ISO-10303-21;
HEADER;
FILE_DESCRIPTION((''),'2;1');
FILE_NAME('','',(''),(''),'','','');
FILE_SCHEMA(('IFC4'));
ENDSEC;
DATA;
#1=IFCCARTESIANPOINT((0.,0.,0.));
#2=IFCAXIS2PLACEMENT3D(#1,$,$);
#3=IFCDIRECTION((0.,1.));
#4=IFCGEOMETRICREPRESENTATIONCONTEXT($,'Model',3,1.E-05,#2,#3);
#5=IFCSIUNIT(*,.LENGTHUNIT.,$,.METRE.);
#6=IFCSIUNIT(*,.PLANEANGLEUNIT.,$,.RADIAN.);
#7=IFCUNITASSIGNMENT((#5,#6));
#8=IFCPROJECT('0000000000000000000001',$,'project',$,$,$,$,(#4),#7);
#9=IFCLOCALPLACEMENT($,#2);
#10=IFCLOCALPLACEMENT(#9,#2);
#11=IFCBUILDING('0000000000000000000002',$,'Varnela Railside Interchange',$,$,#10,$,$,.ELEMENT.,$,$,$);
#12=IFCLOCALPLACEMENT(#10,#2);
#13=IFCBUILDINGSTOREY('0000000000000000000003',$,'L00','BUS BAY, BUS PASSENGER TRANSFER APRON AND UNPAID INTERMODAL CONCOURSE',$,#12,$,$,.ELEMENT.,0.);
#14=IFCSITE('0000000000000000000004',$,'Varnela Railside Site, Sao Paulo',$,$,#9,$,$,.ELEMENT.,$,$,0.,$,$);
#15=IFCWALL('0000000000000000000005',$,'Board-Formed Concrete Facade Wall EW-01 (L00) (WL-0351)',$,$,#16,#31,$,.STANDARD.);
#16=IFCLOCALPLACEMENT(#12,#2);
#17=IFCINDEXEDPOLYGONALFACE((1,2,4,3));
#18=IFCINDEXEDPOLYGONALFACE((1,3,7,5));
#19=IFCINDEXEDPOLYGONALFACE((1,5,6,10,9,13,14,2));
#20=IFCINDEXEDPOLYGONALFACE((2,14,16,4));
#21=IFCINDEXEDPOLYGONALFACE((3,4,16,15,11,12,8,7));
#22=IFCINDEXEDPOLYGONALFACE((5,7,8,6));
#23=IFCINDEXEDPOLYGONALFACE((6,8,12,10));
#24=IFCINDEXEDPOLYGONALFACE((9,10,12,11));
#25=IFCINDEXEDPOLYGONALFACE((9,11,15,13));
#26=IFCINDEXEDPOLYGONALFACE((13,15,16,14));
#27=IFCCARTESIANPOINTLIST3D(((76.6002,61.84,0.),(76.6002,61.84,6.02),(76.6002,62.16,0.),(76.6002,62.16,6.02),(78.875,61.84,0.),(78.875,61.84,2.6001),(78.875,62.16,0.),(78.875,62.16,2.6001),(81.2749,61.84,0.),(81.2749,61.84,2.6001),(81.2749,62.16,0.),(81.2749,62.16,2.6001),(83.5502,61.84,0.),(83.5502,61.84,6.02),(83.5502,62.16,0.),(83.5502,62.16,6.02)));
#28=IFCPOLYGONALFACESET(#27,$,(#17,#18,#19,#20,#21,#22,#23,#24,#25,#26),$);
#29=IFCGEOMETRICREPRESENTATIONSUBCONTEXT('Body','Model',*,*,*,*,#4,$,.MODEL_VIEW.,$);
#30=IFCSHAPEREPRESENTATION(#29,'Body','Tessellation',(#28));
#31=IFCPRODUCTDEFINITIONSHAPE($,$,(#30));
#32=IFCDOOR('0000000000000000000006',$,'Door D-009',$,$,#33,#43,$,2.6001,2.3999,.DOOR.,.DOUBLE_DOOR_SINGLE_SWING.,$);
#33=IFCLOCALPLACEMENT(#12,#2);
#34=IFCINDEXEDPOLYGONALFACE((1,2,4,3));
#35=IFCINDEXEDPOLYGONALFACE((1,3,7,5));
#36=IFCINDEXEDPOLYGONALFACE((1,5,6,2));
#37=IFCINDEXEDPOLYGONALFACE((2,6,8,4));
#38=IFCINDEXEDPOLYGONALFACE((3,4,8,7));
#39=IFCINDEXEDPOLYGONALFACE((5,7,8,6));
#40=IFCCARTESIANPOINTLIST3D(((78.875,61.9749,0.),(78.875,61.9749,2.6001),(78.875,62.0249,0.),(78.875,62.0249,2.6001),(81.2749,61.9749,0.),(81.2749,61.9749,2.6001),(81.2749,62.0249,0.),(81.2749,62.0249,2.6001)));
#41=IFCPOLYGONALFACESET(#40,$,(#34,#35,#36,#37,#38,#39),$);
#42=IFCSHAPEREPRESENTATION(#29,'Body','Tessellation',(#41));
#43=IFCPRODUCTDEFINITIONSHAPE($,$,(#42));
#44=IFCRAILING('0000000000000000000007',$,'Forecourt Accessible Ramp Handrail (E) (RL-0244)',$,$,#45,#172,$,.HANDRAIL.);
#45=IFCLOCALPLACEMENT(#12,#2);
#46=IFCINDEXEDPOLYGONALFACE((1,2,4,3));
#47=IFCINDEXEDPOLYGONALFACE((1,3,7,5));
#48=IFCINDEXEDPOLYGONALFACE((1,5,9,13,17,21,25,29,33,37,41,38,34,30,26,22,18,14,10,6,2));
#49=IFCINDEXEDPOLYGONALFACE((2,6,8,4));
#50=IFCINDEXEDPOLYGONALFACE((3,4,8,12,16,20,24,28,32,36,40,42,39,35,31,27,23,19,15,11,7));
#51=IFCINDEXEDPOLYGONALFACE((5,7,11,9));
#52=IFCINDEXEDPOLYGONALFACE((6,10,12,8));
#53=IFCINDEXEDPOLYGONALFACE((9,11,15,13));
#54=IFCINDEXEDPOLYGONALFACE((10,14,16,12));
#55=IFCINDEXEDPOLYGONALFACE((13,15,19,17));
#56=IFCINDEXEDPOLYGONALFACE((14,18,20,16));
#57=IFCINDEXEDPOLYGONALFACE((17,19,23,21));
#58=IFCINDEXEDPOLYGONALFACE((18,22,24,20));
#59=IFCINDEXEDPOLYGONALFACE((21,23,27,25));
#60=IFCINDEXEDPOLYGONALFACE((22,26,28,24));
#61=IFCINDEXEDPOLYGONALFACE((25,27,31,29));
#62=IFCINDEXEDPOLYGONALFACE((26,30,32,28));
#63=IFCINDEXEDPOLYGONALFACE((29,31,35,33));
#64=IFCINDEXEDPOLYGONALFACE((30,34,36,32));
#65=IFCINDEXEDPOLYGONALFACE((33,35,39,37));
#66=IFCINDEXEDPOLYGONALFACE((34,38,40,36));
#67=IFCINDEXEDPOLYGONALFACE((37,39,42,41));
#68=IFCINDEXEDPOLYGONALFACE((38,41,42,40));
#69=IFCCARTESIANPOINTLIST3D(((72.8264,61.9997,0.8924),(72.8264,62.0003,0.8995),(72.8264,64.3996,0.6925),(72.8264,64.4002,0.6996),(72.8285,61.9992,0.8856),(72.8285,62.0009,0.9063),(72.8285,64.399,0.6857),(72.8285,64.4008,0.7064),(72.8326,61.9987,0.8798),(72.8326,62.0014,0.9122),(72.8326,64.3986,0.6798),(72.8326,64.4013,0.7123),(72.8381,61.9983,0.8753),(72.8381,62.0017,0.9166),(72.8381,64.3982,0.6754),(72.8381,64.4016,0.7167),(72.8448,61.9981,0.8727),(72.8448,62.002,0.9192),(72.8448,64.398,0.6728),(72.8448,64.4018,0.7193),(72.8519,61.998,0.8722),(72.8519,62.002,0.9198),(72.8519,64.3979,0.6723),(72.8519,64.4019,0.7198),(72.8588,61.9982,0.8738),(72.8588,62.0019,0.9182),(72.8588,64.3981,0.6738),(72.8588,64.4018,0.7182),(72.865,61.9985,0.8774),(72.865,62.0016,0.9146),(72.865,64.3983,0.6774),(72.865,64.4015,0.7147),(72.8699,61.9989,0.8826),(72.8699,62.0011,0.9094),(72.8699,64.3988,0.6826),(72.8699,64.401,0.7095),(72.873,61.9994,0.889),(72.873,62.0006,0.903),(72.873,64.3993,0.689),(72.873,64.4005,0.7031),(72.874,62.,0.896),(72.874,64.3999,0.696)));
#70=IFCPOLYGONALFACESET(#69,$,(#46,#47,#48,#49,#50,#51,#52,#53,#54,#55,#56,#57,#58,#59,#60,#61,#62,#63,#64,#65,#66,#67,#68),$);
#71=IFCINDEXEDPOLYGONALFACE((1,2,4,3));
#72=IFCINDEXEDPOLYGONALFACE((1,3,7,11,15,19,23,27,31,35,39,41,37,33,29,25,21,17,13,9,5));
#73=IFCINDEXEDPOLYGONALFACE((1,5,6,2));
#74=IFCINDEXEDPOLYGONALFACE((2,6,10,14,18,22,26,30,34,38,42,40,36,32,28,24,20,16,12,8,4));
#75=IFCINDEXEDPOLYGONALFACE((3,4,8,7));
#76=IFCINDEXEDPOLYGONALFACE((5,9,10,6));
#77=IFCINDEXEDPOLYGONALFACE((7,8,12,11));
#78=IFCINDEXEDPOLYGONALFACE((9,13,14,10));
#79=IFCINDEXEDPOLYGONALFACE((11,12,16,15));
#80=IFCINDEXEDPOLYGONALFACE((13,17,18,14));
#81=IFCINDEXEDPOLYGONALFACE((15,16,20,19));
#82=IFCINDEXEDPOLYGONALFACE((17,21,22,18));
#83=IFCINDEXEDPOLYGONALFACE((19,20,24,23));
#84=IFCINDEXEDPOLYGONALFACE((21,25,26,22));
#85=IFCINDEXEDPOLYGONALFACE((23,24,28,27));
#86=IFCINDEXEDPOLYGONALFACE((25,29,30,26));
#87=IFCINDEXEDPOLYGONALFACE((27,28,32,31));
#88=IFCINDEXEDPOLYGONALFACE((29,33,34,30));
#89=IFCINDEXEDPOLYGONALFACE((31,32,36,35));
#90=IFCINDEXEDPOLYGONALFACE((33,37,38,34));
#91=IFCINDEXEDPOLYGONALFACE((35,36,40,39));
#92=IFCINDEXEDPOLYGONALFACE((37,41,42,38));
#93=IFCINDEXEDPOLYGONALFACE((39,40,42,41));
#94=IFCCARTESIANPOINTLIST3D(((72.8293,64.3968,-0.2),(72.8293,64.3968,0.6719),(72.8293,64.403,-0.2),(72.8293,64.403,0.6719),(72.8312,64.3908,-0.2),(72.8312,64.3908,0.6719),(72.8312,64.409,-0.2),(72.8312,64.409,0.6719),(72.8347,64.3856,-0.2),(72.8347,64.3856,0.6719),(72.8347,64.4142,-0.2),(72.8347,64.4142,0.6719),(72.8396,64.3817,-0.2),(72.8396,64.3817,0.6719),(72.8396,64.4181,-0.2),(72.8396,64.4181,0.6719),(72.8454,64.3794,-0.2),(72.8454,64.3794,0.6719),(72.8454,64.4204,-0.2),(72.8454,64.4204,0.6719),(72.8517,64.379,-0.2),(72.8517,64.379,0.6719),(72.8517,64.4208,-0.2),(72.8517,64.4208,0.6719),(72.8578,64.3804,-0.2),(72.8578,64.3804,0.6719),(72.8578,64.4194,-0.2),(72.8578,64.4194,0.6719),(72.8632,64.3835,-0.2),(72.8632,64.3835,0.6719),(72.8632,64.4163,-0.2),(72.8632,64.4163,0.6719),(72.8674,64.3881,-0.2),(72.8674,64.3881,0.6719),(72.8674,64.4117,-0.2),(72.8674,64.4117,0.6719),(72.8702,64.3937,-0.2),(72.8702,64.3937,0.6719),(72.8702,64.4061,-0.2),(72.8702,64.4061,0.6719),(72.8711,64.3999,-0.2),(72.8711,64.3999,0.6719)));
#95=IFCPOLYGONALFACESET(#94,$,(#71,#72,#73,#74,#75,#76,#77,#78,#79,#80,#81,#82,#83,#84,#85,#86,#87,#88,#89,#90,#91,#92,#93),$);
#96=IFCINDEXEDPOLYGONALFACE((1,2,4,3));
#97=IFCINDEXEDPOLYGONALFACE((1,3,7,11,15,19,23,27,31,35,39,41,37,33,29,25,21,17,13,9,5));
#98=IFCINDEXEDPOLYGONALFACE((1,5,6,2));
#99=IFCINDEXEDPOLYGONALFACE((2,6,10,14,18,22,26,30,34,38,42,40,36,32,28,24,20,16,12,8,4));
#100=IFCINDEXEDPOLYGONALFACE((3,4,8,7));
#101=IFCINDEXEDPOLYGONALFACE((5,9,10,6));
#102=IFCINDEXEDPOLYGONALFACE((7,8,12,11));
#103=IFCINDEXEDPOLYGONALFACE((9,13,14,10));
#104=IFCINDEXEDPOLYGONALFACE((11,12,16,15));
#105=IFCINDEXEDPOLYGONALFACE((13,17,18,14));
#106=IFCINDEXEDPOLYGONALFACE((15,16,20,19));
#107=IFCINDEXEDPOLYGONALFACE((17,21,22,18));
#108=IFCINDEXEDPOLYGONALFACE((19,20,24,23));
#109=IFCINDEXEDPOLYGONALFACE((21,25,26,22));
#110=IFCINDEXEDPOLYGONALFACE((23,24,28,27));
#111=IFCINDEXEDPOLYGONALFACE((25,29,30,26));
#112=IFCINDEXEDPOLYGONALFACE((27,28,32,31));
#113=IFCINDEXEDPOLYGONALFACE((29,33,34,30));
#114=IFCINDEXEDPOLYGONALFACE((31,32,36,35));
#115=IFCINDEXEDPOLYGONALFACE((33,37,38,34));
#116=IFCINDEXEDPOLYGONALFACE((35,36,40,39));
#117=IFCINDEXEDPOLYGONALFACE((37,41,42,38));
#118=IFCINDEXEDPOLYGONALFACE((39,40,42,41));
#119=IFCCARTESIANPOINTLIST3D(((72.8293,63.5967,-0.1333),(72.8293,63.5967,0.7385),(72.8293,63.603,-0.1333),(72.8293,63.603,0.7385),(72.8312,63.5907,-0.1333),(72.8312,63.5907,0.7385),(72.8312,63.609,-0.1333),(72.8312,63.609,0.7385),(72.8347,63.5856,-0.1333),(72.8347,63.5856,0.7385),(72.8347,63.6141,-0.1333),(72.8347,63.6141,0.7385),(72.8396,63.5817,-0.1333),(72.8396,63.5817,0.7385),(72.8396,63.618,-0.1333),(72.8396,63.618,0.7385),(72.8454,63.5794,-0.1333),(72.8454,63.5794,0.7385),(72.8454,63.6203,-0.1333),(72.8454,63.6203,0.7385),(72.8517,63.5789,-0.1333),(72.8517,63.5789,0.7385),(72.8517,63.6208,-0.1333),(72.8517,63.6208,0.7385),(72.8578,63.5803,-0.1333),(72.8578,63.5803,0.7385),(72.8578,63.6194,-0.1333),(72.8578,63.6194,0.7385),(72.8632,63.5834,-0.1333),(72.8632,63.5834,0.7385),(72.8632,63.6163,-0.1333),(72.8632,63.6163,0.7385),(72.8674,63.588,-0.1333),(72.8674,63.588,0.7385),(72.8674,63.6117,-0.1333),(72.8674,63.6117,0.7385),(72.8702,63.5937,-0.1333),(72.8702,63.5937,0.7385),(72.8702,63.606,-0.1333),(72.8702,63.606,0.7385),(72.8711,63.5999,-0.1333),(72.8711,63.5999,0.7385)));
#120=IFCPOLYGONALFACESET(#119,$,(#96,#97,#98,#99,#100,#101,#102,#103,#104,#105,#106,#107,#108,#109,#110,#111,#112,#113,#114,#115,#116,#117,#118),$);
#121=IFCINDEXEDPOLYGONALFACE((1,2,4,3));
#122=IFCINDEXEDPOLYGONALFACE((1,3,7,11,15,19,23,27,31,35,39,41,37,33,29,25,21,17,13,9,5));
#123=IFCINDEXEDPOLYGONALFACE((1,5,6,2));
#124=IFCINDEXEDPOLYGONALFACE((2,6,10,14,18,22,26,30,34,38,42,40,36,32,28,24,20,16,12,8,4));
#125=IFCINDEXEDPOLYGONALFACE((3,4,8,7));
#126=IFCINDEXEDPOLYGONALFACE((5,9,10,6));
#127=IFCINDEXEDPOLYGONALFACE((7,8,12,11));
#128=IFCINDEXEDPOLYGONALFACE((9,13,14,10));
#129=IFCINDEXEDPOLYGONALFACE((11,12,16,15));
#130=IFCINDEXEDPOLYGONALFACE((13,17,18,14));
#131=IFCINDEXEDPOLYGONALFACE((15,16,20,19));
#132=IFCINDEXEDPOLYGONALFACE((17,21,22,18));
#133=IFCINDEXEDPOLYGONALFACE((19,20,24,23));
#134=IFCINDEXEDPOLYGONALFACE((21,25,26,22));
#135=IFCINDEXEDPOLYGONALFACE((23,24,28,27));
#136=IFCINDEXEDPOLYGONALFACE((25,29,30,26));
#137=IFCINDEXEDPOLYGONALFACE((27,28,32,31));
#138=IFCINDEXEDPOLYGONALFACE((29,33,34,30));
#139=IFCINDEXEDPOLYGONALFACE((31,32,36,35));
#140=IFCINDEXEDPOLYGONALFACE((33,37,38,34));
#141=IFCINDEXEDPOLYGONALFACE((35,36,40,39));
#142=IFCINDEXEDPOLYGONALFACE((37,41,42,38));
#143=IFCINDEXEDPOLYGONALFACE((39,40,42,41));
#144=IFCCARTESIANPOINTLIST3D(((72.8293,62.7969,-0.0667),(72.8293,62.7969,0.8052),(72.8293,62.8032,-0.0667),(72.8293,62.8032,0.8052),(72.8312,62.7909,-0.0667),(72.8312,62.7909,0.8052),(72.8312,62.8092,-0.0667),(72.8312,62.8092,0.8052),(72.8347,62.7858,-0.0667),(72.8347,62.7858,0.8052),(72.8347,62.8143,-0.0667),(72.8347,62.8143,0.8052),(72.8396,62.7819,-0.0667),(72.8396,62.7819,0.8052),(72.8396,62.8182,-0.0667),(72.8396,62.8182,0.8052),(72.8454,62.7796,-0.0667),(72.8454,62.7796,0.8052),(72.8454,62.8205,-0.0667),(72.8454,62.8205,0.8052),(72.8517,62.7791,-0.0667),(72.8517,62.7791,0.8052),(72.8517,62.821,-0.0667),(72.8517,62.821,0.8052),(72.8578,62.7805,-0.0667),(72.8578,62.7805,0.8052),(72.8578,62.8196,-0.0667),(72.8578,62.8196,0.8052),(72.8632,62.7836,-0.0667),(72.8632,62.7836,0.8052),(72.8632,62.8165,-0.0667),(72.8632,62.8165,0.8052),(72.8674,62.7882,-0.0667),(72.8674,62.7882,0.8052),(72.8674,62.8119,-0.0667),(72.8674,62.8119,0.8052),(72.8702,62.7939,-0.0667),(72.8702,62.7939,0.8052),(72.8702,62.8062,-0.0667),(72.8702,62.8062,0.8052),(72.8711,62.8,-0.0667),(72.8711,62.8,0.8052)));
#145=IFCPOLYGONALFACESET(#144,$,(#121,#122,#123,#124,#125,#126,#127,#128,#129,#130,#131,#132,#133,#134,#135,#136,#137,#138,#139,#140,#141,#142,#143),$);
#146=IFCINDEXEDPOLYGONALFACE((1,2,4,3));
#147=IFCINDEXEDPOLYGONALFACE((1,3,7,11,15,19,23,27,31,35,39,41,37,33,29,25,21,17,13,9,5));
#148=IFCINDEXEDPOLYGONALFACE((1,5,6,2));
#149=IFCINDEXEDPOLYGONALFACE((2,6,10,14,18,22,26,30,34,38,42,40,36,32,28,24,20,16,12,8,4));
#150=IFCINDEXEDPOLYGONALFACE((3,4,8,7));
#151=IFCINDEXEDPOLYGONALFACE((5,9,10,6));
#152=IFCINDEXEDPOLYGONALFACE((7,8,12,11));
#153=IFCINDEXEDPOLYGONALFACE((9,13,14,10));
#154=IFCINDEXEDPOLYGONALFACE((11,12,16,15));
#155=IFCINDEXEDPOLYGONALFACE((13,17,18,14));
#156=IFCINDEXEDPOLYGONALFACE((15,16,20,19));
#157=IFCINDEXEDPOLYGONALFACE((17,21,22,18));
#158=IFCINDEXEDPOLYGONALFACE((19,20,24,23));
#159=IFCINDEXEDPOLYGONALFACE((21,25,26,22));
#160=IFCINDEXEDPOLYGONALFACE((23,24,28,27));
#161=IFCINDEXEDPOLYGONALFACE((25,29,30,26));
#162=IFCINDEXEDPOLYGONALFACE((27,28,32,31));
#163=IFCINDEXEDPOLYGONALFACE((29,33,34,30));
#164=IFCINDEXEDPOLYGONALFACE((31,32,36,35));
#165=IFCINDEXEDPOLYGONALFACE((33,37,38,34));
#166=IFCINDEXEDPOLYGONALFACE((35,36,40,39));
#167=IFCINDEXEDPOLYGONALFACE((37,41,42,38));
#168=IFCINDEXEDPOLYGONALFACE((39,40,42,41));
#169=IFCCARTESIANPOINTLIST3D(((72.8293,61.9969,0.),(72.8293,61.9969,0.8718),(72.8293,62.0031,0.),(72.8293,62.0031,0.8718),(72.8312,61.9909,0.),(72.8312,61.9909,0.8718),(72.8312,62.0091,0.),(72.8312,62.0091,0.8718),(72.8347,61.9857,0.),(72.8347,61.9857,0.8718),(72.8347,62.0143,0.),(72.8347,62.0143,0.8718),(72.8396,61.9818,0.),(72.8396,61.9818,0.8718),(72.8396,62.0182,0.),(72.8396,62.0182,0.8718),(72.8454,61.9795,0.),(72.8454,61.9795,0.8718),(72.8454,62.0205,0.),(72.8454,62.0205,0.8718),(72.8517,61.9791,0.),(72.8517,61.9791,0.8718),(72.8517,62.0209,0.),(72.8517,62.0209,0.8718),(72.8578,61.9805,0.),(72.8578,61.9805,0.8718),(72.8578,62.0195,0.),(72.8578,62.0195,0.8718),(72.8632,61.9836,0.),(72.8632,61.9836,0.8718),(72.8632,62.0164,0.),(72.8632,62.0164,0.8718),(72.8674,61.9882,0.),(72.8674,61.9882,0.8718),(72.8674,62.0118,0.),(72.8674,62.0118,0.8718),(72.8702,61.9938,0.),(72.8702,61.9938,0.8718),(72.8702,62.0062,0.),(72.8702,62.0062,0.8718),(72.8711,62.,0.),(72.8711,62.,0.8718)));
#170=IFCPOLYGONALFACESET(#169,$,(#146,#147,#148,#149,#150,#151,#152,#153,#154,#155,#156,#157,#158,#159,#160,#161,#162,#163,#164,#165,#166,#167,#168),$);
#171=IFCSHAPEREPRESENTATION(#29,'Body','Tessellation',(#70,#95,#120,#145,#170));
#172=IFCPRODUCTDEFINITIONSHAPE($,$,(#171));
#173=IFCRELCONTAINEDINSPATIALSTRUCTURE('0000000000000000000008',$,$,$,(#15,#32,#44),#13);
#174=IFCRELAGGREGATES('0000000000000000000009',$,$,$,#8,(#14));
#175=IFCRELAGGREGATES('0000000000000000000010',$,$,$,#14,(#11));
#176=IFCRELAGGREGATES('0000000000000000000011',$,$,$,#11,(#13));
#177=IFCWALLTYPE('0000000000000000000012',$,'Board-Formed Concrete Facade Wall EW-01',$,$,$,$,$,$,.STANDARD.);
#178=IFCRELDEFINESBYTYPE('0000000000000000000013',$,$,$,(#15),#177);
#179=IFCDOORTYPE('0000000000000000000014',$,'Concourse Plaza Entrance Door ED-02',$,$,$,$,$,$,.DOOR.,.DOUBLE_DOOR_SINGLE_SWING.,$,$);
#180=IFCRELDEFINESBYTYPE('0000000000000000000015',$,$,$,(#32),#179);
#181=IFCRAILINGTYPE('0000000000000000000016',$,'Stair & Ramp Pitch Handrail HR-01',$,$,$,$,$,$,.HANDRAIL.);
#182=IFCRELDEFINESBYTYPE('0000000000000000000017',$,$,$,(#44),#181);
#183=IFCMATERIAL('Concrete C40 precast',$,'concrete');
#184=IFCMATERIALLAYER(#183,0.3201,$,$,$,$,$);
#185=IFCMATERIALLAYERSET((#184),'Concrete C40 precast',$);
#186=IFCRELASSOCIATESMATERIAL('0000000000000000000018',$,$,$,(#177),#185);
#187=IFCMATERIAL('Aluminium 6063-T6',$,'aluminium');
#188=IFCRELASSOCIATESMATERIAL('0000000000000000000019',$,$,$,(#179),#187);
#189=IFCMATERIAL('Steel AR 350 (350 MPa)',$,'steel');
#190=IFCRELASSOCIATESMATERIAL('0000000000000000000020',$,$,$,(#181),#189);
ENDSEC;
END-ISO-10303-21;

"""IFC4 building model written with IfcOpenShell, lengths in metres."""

from ifc_helpers import new_model, si_unit, direction, frame, frame_2d, origin, origin_2d, place, context, subcontext, project, spatial, rectangle, circle, extrude, material, layer, layer_set, type_object, element, fill, save


model = new_model("IFC4")

# Units and contexts
model_context = context("Model", 3, precision=1e-05, world=origin(), true_north=direction((0.0, 1.0)))
body_context = subcontext(model_context, "Body", "Model", "MODEL_VIEW")
ifc_project = project(units=[si_unit("LENGTHUNIT", "METRE"), si_unit("PLANEANGLEUNIT", "RADIAN")], contexts=[model_context])

# Site, building, storey
site_placement = place(None, origin())
site = spatial("IfcSite", under=ifc_project, at=site_placement, Name="Varnela Railside Site, Sao Paulo", CompositionType="ELEMENT", RefElevation=0.0)
building_placement = place(site_placement, origin())
building = spatial("IfcBuilding", under=site, at=building_placement, Name="Varnela Railside Interchange", CompositionType="ELEMENT")
storey_placement = place(building_placement, origin())
storey = spatial("IfcBuildingStorey", under=building, at=storey_placement, Name="L00", Description="BUS BAY, BUS PASSENGER TRANSFER APRON AND UNPAID INTERMODAL CONCOURSE", CompositionType="ELEMENT", Elevation=0.0)

# Shared definitions
ifc_material_1 = material(Name="Aluminium 6063-T6", Category="aluminium")

# Wall, opening, door
ifc_material_2 = material(Name="Concrete C40 precast", Category="concrete")
ifc_layer_1 = layer(ifc_material_2, 0.3201)
ifc_layer_set_1 = layer_set([ifc_layer_1], Name="Concrete C40 precast")
wall_type = type_object("IfcWallType", Name="Board-Formed Concrete Facade Wall EW-01", PredefinedType="STANDARD", material=ifc_layer_set_1)
wall_placement = place(storey_placement, frame((76.6001, 62.0, 0.0), z_axis=(0.0, 0.0, 1.0), x_axis=(1.0, 0.0, 0.0)))
wall = element("IfcWall", 1, at=wall_placement, inside=storey, type_object=wall_type, Name="Board-Formed Concrete Facade Wall EW-01 (L00) (WL-0351)", PredefinedType="STANDARD", context=body_context, shape_type="SweptSolid", body=[
    extrude(rectangle(XDim=6.95, YDim=0.3201, at=frame_2d((3.4751, 0.0))), origin(), (0.0, 0.0, 1.0), 6.02),
])
opening_placement = place(wall_placement, frame((2.2749, 0.0, 0.0)))
opening = element("IfcOpeningElement", 2, at=opening_placement, cuts=wall, PredefinedType="OPENING", context=body_context, shape_type="SweptSolid", body=[
    extrude(rectangle(XDim=2.3999, YDim=2.6001, at=frame_2d((1.2, 1.3))), frame((0.0, 0.1699, 0.0), z_axis=(0.0, -1.0, 0.0), x_axis=(1.0, 0.0, 0.0)), (0.0, 0.0, 1.0), 0.3401),
])
door_type = type_object("IfcDoorType", Name="Concourse Plaza Entrance Door ED-02", OperationType="DOUBLE_DOOR_SINGLE_SWING", PredefinedType="DOOR", material=ifc_material_1)
door_placement = place(opening_placement, origin())
door = element("IfcDoor", 3, at=door_placement, inside=storey, type_object=door_type, Name="Door D-009", OperationType="DOUBLE_DOOR_SINGLE_SWING", OverallHeight=2.6001, OverallWidth=2.3999, PredefinedType="DOOR", context=body_context, shape_type="SweptSolid", body=[
    extrude(rectangle(XDim=2.3999, YDim=2.6001, at=frame_2d((1.2, 1.3))), frame((0.0, 0.0249, 0.0), z_axis=(0.0, -1.0, 0.0), x_axis=(1.0, 0.0, 0.0)), (0.0, 0.0, 1.0), 0.05),
])
fill(opening, door)

# Railing
ifc_material_3 = material(Name="Steel AR 350 (350 MPa)", Category="steel")
railing_type = type_object("IfcRailingType", Name="Stair & Ramp Pitch Handrail HR-01", PredefinedType="HANDRAIL", material=ifc_material_3)
railing_placement = place(storey_placement, frame((72.8501, 64.3999, -0.2)))
element("IfcRailing", 4, at=railing_placement, inside=storey, type_object=railing_type, Name="Forecourt Accessible Ramp Handrail (E) (RL-0244)", PredefinedType="HANDRAIL", context=body_context, shape_type="SweptSolid", body=[
    extrude(circle(Radius=0.0239, at=origin_2d()), frame((0.0, 0.0, 0.896), z_axis=(0.0, -0.996547, 0.083029), x_axis=(1.0, 0.0, 0.0)), (0.0, 0.0, 1.0), 2.4082),
    extrude(circle(Radius=0.021, at=origin_2d()), origin(), (0.0, 0.0, 1.0), 0.8718),
    extrude(circle(Radius=0.021, at=origin_2d()), frame((0.0, -0.8, 0.0667)), (0.0, 0.0, 1.0), 0.8718),
    extrude(circle(Radius=0.021, at=origin_2d()), frame((0.0, -1.5999, 0.1333)), (0.0, 0.0, 1.0), 0.8718),
    extrude(circle(Radius=0.021, at=origin_2d()), frame((0.0, -2.3999, 0.2)), (0.0, 0.0, 1.0), 0.8718),
])

save(model, "model.ifc")
